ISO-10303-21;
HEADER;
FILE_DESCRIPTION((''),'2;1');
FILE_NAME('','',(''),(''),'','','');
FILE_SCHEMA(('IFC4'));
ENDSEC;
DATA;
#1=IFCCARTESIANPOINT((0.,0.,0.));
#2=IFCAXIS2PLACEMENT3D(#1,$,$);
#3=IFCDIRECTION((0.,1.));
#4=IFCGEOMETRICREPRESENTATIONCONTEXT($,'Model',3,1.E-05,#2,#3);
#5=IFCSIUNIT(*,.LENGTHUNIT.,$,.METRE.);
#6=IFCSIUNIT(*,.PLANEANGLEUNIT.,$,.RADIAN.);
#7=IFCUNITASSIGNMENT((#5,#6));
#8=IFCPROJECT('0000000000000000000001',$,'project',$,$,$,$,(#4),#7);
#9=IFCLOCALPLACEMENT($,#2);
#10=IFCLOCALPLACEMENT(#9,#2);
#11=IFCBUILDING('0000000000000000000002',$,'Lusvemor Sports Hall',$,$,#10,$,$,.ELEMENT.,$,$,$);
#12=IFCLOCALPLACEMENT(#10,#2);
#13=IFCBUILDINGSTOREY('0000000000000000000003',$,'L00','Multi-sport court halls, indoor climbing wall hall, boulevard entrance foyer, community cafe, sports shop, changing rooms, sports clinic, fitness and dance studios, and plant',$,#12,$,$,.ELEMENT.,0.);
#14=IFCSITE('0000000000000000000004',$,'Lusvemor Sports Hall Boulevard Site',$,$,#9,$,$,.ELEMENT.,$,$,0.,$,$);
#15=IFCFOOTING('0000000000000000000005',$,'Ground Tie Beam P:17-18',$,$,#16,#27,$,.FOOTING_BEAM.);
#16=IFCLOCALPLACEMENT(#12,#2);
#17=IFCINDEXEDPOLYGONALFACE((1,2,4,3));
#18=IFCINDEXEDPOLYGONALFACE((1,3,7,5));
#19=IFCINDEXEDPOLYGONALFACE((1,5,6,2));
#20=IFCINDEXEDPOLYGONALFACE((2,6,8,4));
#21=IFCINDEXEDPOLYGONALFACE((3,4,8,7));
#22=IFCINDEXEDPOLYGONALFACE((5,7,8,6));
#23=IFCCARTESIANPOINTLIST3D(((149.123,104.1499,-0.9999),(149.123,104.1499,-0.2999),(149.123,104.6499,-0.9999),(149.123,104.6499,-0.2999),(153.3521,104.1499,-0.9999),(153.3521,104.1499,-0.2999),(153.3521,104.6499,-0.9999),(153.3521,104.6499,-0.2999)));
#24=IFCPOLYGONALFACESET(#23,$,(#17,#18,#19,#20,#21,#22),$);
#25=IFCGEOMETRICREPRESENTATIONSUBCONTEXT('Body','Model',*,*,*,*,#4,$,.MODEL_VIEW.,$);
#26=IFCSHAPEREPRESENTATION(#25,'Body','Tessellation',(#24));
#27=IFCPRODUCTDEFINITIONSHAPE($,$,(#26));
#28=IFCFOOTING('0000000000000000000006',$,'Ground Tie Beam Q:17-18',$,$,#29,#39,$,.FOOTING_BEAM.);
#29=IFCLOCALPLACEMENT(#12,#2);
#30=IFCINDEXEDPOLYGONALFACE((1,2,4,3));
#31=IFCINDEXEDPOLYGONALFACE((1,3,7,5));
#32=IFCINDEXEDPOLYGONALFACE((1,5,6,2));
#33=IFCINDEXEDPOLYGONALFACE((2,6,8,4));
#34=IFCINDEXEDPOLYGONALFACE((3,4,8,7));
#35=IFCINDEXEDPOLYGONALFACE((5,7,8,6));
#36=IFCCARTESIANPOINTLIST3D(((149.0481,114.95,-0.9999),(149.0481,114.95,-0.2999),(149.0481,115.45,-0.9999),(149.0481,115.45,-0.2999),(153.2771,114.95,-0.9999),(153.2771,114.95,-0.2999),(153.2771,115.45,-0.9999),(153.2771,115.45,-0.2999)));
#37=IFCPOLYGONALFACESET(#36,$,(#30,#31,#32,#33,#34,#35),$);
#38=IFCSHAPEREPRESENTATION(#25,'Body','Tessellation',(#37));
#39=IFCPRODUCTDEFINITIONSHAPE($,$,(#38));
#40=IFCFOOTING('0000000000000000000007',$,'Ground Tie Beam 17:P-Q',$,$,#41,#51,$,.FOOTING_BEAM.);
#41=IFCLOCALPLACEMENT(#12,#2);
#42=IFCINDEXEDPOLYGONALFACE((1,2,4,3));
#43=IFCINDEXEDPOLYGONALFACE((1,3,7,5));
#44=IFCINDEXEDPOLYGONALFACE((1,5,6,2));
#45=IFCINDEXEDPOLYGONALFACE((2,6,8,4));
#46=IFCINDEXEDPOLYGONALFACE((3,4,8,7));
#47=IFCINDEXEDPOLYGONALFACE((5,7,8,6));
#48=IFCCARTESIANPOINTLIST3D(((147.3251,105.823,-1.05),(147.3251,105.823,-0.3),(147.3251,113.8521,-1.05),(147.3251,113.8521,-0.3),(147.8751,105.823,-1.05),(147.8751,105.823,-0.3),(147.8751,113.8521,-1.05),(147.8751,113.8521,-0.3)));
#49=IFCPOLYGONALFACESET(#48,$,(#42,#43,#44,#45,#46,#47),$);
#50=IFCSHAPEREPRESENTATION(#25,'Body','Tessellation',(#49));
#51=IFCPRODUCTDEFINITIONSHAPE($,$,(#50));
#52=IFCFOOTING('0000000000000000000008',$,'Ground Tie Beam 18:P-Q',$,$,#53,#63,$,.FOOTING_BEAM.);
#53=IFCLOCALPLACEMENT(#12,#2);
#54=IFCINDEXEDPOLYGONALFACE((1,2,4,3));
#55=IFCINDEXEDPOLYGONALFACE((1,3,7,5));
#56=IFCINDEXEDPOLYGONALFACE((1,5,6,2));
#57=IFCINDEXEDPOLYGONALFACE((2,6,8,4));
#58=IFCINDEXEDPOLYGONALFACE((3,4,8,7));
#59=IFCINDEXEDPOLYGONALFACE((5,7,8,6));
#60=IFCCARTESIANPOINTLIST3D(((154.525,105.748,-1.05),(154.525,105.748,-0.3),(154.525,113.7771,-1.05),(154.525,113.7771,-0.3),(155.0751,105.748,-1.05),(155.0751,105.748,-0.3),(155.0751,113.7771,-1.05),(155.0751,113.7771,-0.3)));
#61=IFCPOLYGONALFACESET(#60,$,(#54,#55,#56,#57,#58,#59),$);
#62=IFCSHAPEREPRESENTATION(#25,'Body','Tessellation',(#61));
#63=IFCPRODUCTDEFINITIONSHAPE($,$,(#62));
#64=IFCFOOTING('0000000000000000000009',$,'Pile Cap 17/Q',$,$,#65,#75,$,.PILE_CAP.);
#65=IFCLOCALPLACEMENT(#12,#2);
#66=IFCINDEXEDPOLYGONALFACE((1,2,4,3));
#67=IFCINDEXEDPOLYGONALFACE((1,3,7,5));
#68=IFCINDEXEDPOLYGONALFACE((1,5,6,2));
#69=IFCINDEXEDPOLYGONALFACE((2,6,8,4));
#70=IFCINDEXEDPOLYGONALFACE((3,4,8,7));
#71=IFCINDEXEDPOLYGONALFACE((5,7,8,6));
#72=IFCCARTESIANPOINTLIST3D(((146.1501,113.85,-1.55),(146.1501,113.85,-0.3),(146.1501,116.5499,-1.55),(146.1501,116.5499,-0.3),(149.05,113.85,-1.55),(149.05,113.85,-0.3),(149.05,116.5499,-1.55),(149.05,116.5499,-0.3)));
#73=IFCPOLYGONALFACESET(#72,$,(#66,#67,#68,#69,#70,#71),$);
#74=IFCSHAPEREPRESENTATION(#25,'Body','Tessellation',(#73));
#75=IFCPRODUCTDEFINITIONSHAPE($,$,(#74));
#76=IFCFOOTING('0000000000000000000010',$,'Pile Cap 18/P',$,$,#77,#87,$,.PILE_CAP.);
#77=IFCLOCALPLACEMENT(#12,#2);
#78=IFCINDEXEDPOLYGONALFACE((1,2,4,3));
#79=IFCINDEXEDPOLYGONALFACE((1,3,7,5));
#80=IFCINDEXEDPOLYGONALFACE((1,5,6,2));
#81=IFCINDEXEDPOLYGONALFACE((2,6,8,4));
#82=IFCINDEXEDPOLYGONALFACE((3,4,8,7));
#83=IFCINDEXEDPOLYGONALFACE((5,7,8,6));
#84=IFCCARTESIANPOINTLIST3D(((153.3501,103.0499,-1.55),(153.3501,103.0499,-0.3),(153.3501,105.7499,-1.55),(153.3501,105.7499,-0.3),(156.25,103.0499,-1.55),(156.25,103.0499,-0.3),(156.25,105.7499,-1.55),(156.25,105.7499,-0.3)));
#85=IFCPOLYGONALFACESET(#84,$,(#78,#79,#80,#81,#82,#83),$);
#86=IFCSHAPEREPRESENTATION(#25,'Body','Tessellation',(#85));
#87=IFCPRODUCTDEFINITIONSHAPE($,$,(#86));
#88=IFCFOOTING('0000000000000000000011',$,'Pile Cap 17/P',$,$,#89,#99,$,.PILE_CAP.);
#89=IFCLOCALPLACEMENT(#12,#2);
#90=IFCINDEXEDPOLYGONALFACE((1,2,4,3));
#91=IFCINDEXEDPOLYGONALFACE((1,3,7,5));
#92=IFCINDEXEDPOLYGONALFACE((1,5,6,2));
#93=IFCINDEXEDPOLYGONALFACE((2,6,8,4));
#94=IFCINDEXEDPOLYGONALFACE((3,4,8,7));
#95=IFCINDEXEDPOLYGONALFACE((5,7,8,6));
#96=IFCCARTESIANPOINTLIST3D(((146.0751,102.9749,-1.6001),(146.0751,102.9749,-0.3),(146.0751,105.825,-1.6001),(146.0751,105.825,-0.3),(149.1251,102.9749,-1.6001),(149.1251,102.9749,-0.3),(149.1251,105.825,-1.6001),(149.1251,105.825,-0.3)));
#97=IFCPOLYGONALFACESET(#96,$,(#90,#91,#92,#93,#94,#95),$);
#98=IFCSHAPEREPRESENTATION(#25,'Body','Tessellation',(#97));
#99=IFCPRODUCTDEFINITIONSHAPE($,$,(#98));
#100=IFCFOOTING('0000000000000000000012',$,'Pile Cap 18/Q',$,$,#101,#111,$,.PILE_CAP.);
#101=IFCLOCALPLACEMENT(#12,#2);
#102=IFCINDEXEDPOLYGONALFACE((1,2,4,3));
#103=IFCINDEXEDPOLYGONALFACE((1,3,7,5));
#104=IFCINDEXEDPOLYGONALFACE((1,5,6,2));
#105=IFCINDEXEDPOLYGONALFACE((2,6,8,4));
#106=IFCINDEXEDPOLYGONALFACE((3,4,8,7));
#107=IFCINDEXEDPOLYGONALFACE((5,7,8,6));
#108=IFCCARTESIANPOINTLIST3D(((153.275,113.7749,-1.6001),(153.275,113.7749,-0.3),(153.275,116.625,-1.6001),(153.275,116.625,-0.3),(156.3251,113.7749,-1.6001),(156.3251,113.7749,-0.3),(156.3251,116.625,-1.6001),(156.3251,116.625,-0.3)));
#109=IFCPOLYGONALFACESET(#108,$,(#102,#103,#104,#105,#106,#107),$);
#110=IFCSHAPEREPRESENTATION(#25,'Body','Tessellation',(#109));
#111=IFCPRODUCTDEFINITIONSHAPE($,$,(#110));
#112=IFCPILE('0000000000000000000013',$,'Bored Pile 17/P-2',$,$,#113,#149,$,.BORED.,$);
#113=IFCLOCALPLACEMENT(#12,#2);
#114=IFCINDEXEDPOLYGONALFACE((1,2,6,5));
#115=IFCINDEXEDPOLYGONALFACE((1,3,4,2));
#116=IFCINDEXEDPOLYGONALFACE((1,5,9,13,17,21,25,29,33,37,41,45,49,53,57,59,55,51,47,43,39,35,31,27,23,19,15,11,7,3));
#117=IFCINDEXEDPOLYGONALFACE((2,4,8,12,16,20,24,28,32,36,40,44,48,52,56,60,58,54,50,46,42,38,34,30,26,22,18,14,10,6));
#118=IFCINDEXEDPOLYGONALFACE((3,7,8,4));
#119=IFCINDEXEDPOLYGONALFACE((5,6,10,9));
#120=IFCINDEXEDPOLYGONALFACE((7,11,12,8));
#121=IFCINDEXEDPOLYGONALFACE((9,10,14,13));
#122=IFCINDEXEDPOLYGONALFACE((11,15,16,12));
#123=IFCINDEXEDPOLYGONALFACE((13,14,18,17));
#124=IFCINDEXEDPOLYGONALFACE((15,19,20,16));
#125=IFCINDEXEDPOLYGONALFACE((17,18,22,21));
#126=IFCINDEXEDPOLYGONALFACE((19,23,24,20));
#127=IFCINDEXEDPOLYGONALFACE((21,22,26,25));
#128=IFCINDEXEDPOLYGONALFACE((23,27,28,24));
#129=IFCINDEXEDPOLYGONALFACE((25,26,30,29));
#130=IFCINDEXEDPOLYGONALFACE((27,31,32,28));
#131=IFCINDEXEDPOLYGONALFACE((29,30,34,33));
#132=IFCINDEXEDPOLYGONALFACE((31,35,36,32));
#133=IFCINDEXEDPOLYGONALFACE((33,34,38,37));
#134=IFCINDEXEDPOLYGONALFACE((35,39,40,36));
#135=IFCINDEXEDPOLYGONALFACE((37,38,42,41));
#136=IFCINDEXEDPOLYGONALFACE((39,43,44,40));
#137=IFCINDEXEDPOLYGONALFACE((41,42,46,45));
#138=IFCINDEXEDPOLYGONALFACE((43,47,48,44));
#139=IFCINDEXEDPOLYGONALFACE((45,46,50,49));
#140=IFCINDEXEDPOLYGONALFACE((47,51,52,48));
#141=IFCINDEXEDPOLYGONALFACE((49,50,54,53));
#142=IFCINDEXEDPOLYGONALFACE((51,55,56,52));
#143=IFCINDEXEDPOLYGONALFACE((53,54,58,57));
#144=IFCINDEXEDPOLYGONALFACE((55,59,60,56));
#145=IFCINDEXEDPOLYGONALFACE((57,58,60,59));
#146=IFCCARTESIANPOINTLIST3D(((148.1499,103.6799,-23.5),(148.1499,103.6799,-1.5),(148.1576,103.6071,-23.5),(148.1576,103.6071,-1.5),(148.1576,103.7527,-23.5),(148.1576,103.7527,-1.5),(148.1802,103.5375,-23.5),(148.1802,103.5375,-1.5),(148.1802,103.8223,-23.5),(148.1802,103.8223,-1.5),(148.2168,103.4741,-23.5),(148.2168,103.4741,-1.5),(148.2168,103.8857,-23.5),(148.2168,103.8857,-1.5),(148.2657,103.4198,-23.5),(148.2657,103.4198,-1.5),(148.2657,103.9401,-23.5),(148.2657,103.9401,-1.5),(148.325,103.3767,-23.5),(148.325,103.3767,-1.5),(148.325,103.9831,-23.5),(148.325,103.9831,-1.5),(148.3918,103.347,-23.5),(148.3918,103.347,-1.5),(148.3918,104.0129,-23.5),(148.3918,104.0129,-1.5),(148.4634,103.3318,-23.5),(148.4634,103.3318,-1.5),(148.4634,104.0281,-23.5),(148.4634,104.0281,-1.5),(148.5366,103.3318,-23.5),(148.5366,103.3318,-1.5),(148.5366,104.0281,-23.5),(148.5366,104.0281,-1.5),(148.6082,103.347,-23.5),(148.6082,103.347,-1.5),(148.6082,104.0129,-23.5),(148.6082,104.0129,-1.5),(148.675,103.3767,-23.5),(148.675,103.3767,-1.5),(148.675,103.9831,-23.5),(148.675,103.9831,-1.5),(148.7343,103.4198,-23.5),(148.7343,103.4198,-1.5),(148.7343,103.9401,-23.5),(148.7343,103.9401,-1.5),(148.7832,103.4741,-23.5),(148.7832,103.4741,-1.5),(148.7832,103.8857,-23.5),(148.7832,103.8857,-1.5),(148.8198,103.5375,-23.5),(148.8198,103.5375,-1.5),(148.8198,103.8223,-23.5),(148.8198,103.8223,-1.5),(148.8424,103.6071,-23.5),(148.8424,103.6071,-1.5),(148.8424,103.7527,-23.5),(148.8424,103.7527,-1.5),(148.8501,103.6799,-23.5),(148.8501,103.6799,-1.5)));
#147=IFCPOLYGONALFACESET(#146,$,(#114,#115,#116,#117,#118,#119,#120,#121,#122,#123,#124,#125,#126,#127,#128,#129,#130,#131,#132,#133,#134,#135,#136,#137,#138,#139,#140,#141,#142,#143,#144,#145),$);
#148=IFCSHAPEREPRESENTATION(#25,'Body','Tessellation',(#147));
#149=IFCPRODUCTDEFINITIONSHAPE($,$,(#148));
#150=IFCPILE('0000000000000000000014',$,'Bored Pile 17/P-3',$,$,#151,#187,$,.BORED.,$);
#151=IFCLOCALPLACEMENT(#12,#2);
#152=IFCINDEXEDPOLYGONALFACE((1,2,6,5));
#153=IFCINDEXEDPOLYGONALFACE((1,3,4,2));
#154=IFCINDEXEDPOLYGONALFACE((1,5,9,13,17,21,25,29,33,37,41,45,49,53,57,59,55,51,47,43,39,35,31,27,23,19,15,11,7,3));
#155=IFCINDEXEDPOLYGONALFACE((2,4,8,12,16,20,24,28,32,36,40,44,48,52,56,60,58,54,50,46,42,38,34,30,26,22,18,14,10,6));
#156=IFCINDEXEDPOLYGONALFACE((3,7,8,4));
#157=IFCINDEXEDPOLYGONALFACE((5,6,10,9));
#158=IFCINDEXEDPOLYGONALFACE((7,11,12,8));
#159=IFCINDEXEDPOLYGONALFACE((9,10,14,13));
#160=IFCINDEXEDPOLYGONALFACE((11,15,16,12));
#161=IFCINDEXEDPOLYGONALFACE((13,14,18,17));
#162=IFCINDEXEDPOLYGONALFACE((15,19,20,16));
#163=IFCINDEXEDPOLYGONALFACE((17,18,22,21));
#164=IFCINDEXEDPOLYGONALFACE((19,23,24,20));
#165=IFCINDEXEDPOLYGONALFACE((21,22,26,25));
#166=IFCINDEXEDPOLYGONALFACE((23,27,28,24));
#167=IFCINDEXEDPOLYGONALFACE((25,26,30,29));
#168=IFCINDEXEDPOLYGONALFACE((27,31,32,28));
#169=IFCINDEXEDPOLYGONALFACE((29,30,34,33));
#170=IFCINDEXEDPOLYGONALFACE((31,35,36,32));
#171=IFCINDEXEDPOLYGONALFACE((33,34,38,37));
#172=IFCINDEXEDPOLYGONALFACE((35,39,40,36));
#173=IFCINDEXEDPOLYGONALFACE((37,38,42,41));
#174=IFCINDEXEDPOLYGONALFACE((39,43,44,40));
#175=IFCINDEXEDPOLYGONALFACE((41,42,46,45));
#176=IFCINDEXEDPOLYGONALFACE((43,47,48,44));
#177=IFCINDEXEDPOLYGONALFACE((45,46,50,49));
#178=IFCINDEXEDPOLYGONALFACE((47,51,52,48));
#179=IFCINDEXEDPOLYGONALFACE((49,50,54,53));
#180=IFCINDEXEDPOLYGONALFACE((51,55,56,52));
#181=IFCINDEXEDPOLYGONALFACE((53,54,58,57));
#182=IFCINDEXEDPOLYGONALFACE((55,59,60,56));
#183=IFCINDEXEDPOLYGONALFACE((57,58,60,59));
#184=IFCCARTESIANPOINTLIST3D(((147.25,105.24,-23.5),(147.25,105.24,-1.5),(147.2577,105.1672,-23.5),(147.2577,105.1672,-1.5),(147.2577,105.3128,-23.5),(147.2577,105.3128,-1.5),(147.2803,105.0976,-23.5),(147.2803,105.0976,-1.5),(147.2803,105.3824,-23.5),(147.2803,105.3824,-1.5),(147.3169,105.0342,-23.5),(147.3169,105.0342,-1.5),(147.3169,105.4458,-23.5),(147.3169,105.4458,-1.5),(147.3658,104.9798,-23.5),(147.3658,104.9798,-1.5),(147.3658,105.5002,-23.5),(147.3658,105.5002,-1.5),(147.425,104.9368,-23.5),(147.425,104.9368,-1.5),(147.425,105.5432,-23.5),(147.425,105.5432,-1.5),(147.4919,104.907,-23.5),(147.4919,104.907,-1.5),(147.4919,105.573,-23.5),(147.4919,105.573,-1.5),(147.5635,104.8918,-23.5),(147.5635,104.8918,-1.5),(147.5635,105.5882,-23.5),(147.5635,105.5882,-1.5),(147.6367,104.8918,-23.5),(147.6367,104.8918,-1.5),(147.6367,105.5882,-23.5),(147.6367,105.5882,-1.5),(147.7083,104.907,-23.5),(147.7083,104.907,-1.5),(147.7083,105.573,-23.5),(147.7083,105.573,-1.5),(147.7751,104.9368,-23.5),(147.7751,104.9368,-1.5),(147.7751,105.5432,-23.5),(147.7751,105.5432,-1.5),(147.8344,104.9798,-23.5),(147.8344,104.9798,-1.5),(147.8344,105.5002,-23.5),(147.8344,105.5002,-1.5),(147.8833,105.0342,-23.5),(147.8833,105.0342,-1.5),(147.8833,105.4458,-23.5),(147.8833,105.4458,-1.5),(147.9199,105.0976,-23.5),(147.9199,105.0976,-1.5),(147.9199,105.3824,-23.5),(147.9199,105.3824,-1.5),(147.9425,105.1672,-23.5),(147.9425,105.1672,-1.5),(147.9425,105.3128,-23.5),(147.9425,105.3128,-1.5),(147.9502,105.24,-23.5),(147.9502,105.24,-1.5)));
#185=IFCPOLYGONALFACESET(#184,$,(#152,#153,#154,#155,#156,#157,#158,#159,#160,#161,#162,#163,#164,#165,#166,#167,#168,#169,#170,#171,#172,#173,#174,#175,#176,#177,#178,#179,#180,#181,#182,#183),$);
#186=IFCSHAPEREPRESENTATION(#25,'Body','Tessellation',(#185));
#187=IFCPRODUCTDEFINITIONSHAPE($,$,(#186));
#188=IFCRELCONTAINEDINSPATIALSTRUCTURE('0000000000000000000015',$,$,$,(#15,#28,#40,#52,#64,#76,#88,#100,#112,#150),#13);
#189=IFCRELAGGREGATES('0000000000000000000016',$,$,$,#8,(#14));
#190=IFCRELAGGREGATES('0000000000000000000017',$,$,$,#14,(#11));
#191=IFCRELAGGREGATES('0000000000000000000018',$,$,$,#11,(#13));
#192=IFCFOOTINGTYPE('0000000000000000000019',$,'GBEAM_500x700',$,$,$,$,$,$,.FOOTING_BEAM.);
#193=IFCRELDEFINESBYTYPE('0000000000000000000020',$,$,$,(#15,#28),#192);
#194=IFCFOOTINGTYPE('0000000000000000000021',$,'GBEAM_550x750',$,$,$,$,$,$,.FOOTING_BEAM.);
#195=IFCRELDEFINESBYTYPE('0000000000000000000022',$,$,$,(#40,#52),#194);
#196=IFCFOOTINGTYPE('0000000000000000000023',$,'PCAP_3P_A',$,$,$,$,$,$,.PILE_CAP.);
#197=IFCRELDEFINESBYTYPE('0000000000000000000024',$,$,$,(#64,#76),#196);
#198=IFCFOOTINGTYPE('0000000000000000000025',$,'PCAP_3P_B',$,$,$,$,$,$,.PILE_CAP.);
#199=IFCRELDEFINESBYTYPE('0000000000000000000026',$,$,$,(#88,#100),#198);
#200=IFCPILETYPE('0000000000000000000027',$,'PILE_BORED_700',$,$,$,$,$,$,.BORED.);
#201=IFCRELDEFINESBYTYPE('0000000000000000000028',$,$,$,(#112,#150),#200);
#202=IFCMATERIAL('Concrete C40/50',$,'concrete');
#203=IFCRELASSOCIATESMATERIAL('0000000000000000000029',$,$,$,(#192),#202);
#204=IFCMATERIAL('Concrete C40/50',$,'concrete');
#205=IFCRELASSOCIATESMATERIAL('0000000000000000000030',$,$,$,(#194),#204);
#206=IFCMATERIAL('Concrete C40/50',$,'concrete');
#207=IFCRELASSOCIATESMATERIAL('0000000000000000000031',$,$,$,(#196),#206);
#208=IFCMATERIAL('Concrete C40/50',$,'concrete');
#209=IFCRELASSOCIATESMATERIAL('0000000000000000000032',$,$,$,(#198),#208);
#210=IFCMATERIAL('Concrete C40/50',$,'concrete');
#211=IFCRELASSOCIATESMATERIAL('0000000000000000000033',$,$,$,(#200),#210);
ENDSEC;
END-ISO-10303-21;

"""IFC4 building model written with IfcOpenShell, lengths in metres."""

from ifc_helpers import new_model, si_unit, direction, frame, origin, origin_2d, place, context, subcontext, project, spatial, rectangle, circle, extrude, material, material_profile, profile_set, type_object, element, save


model = new_model("IFC4")

# Units and contexts
model_context = context("Model", 3, precision=1e-05, world=origin(), true_north=direction((0.0, 1.0)))
body_context = subcontext(model_context, "Body", "Model", "MODEL_VIEW")
ifc_project = project(units=[si_unit("LENGTHUNIT", "METRE"), si_unit("PLANEANGLEUNIT", "RADIAN")], contexts=[model_context])

# Site, building, storey
site_placement = place(None, origin())
site = spatial("IfcSite", under=ifc_project, at=site_placement, Name="Lusvemor Sports Hall Boulevard Site", CompositionType="ELEMENT", RefElevation=0.0)
building_placement = place(site_placement, origin())
building = spatial("IfcBuilding", under=site, at=building_placement, Name="Lusvemor Sports Hall", CompositionType="ELEMENT")
storey_placement = place(building_placement, origin())
storey = spatial("IfcBuildingStorey", under=building, at=storey_placement, Name="L00", Description="Multi-sport court halls, indoor climbing wall hall, boulevard entrance foyer, community cafe, sports shop, changing rooms, sports clinic, fitness and dance studios, and plant", CompositionType="ELEMENT", Elevation=0.0)

# Footings
ifc_material_1 = material(Name="Concrete C40/50", Category="concrete")
ifc_material_profile_1 = material_profile(ifc_material_1, rectangle(XDim=0.5, YDim=0.7, at=origin_2d()), Name="GB_500x700")
ifc_profile_set_1 = profile_set([ifc_material_profile_1], Name="Concrete C40/50")
footing_type_1 = type_object("IfcFootingType", Name="GBEAM_500x700", PredefinedType="FOOTING_BEAM", material=ifc_profile_set_1)
for number, where, z_axis, x_axis, name in (
    (1, (149.123, 104.3999, -0.6499), (1.0, 0.0, 0.0), (0.0, 1.0, 0.0), "Ground Tie Beam P:17-18"),
    (2, (149.0481, 115.2, -0.6499), (1.0, 0.0, 0.0), (0.0, 1.0, 0.0), "Ground Tie Beam Q:17-18"),
):
    element("IfcFooting", number, at=place(storey_placement, frame(where, z_axis=z_axis, x_axis=x_axis)), inside=storey, type_object=footing_type_1, Name=name, PredefinedType="FOOTING_BEAM", context=body_context, shape_type="SweptSolid", body=[
        extrude(rectangle(XDim=0.5, YDim=0.7, at=origin_2d()), origin(), (0.0, 0.0, 1.0), 4.229),
    ])
ifc_material_2 = material(Name="Concrete C40/50", Category="concrete")
ifc_material_profile_2 = material_profile(ifc_material_2, rectangle(XDim=0.55, YDim=0.75, at=origin_2d()), Name="GB_550x750")
ifc_profile_set_2 = profile_set([ifc_material_profile_2], Name="Concrete C40/50")
footing_type_2 = type_object("IfcFootingType", Name="GBEAM_550x750", PredefinedType="FOOTING_BEAM", material=ifc_profile_set_2)
for number, where, z_axis, x_axis, name in (
    (3, (147.6001, 105.823, -0.675), (0.0, 1.0, 0.0), (-1.0, 0.0, 0.0), "Ground Tie Beam 17:P-Q"),
    (4, (154.8, 105.748, -0.675), (0.0, 1.0, 0.0), (-1.0, 0.0, 0.0), "Ground Tie Beam 18:P-Q"),
):
    element("IfcFooting", number, at=place(storey_placement, frame(where, z_axis=z_axis, x_axis=x_axis)), inside=storey, type_object=footing_type_2, Name=name, PredefinedType="FOOTING_BEAM", context=body_context, shape_type="SweptSolid", body=[
        extrude(rectangle(XDim=0.55, YDim=0.75, at=origin_2d()), origin(), (0.0, 0.0, 1.0), 8.0291),
    ])
ifc_material_3 = material(Name="Concrete C40/50", Category="concrete")
footing_type_3 = type_object("IfcFootingType", Name="PCAP_3P_A", PredefinedType="PILE_CAP", material=ifc_material_3)
for number, where, z_axis, x_axis, name in (
    (5, (147.6001, 115.2, -1.55), (0.0, 0.0, 1.0), (1.0, 0.0, 0.0), "Pile Cap 17/Q"),
    (6, (154.8, 104.3999, -1.55), (0.0, 0.0, 1.0), (1.0, 0.0, 0.0), "Pile Cap 18/P"),
):
    element("IfcFooting", number, at=place(storey_placement, frame(where, z_axis=z_axis, x_axis=x_axis)), inside=storey, type_object=footing_type_3, Name=name, PredefinedType="PILE_CAP", context=body_context, shape_type="SweptSolid", body=[
        extrude(rectangle(XDim=2.8999, YDim=2.7, at=origin_2d()), origin(), (0.0, 0.0, 1.0), 1.25),
    ])
ifc_material_4 = material(Name="Concrete C40/50", Category="concrete")
footing_type_4 = type_object("IfcFootingType", Name="PCAP_3P_B", PredefinedType="PILE_CAP", material=ifc_material_4)
for number, where, z_axis, x_axis, name in (
    (7, (147.6001, 104.3999, -1.6001), (0.0, 0.0, 1.0), (1.0, 0.0, 0.0), "Pile Cap 17/P"),
    (8, (154.8, 115.2, -1.6001), (0.0, 0.0, 1.0), (1.0, 0.0, 0.0), "Pile Cap 18/Q"),
):
    element("IfcFooting", number, at=place(storey_placement, frame(where, z_axis=z_axis, x_axis=x_axis)), inside=storey, type_object=footing_type_4, Name=name, PredefinedType="PILE_CAP", context=body_context, shape_type="SweptSolid", body=[
        extrude(rectangle(XDim=3.05, YDim=2.8501, at=origin_2d()), origin(), (0.0, 0.0, 1.0), 1.3),
    ])

# Piles
ifc_material_5 = material(Name="Concrete C40/50", Category="concrete")
ifc_material_profile_3 = material_profile(ifc_material_5, circle(Radius=0.3501, at=origin_2d()), Name="PILE700")
ifc_profile_set_3 = profile_set([ifc_material_profile_3], Name="Concrete C40/50")
pile_type = type_object("IfcPileType", Name="PILE_BORED_700", PredefinedType="BORED", material=ifc_profile_set_3)
for number, where, z_axis, x_axis, name in (
    (9, (148.5, 103.6799, -1.5), (0.0, 0.0, -1.0), (1.0, 0.0, 0.0), "Bored Pile 17/P-2"),
    (10, (147.6001, 105.24, -1.5), (0.0, 0.0, -1.0), (1.0, 0.0, 0.0), "Bored Pile 17/P-3"),
):
    element("IfcPile", number, at=place(storey_placement, frame(where, z_axis=z_axis, x_axis=x_axis)), inside=storey, type_object=pile_type, Name=name, PredefinedType="BORED", context=body_context, shape_type="SweptSolid", body=[
        extrude(circle(Radius=0.3501, at=origin_2d()), origin(), (0.0, 0.0, 1.0), 22.0),
    ])

save(model, "model.ifc")
